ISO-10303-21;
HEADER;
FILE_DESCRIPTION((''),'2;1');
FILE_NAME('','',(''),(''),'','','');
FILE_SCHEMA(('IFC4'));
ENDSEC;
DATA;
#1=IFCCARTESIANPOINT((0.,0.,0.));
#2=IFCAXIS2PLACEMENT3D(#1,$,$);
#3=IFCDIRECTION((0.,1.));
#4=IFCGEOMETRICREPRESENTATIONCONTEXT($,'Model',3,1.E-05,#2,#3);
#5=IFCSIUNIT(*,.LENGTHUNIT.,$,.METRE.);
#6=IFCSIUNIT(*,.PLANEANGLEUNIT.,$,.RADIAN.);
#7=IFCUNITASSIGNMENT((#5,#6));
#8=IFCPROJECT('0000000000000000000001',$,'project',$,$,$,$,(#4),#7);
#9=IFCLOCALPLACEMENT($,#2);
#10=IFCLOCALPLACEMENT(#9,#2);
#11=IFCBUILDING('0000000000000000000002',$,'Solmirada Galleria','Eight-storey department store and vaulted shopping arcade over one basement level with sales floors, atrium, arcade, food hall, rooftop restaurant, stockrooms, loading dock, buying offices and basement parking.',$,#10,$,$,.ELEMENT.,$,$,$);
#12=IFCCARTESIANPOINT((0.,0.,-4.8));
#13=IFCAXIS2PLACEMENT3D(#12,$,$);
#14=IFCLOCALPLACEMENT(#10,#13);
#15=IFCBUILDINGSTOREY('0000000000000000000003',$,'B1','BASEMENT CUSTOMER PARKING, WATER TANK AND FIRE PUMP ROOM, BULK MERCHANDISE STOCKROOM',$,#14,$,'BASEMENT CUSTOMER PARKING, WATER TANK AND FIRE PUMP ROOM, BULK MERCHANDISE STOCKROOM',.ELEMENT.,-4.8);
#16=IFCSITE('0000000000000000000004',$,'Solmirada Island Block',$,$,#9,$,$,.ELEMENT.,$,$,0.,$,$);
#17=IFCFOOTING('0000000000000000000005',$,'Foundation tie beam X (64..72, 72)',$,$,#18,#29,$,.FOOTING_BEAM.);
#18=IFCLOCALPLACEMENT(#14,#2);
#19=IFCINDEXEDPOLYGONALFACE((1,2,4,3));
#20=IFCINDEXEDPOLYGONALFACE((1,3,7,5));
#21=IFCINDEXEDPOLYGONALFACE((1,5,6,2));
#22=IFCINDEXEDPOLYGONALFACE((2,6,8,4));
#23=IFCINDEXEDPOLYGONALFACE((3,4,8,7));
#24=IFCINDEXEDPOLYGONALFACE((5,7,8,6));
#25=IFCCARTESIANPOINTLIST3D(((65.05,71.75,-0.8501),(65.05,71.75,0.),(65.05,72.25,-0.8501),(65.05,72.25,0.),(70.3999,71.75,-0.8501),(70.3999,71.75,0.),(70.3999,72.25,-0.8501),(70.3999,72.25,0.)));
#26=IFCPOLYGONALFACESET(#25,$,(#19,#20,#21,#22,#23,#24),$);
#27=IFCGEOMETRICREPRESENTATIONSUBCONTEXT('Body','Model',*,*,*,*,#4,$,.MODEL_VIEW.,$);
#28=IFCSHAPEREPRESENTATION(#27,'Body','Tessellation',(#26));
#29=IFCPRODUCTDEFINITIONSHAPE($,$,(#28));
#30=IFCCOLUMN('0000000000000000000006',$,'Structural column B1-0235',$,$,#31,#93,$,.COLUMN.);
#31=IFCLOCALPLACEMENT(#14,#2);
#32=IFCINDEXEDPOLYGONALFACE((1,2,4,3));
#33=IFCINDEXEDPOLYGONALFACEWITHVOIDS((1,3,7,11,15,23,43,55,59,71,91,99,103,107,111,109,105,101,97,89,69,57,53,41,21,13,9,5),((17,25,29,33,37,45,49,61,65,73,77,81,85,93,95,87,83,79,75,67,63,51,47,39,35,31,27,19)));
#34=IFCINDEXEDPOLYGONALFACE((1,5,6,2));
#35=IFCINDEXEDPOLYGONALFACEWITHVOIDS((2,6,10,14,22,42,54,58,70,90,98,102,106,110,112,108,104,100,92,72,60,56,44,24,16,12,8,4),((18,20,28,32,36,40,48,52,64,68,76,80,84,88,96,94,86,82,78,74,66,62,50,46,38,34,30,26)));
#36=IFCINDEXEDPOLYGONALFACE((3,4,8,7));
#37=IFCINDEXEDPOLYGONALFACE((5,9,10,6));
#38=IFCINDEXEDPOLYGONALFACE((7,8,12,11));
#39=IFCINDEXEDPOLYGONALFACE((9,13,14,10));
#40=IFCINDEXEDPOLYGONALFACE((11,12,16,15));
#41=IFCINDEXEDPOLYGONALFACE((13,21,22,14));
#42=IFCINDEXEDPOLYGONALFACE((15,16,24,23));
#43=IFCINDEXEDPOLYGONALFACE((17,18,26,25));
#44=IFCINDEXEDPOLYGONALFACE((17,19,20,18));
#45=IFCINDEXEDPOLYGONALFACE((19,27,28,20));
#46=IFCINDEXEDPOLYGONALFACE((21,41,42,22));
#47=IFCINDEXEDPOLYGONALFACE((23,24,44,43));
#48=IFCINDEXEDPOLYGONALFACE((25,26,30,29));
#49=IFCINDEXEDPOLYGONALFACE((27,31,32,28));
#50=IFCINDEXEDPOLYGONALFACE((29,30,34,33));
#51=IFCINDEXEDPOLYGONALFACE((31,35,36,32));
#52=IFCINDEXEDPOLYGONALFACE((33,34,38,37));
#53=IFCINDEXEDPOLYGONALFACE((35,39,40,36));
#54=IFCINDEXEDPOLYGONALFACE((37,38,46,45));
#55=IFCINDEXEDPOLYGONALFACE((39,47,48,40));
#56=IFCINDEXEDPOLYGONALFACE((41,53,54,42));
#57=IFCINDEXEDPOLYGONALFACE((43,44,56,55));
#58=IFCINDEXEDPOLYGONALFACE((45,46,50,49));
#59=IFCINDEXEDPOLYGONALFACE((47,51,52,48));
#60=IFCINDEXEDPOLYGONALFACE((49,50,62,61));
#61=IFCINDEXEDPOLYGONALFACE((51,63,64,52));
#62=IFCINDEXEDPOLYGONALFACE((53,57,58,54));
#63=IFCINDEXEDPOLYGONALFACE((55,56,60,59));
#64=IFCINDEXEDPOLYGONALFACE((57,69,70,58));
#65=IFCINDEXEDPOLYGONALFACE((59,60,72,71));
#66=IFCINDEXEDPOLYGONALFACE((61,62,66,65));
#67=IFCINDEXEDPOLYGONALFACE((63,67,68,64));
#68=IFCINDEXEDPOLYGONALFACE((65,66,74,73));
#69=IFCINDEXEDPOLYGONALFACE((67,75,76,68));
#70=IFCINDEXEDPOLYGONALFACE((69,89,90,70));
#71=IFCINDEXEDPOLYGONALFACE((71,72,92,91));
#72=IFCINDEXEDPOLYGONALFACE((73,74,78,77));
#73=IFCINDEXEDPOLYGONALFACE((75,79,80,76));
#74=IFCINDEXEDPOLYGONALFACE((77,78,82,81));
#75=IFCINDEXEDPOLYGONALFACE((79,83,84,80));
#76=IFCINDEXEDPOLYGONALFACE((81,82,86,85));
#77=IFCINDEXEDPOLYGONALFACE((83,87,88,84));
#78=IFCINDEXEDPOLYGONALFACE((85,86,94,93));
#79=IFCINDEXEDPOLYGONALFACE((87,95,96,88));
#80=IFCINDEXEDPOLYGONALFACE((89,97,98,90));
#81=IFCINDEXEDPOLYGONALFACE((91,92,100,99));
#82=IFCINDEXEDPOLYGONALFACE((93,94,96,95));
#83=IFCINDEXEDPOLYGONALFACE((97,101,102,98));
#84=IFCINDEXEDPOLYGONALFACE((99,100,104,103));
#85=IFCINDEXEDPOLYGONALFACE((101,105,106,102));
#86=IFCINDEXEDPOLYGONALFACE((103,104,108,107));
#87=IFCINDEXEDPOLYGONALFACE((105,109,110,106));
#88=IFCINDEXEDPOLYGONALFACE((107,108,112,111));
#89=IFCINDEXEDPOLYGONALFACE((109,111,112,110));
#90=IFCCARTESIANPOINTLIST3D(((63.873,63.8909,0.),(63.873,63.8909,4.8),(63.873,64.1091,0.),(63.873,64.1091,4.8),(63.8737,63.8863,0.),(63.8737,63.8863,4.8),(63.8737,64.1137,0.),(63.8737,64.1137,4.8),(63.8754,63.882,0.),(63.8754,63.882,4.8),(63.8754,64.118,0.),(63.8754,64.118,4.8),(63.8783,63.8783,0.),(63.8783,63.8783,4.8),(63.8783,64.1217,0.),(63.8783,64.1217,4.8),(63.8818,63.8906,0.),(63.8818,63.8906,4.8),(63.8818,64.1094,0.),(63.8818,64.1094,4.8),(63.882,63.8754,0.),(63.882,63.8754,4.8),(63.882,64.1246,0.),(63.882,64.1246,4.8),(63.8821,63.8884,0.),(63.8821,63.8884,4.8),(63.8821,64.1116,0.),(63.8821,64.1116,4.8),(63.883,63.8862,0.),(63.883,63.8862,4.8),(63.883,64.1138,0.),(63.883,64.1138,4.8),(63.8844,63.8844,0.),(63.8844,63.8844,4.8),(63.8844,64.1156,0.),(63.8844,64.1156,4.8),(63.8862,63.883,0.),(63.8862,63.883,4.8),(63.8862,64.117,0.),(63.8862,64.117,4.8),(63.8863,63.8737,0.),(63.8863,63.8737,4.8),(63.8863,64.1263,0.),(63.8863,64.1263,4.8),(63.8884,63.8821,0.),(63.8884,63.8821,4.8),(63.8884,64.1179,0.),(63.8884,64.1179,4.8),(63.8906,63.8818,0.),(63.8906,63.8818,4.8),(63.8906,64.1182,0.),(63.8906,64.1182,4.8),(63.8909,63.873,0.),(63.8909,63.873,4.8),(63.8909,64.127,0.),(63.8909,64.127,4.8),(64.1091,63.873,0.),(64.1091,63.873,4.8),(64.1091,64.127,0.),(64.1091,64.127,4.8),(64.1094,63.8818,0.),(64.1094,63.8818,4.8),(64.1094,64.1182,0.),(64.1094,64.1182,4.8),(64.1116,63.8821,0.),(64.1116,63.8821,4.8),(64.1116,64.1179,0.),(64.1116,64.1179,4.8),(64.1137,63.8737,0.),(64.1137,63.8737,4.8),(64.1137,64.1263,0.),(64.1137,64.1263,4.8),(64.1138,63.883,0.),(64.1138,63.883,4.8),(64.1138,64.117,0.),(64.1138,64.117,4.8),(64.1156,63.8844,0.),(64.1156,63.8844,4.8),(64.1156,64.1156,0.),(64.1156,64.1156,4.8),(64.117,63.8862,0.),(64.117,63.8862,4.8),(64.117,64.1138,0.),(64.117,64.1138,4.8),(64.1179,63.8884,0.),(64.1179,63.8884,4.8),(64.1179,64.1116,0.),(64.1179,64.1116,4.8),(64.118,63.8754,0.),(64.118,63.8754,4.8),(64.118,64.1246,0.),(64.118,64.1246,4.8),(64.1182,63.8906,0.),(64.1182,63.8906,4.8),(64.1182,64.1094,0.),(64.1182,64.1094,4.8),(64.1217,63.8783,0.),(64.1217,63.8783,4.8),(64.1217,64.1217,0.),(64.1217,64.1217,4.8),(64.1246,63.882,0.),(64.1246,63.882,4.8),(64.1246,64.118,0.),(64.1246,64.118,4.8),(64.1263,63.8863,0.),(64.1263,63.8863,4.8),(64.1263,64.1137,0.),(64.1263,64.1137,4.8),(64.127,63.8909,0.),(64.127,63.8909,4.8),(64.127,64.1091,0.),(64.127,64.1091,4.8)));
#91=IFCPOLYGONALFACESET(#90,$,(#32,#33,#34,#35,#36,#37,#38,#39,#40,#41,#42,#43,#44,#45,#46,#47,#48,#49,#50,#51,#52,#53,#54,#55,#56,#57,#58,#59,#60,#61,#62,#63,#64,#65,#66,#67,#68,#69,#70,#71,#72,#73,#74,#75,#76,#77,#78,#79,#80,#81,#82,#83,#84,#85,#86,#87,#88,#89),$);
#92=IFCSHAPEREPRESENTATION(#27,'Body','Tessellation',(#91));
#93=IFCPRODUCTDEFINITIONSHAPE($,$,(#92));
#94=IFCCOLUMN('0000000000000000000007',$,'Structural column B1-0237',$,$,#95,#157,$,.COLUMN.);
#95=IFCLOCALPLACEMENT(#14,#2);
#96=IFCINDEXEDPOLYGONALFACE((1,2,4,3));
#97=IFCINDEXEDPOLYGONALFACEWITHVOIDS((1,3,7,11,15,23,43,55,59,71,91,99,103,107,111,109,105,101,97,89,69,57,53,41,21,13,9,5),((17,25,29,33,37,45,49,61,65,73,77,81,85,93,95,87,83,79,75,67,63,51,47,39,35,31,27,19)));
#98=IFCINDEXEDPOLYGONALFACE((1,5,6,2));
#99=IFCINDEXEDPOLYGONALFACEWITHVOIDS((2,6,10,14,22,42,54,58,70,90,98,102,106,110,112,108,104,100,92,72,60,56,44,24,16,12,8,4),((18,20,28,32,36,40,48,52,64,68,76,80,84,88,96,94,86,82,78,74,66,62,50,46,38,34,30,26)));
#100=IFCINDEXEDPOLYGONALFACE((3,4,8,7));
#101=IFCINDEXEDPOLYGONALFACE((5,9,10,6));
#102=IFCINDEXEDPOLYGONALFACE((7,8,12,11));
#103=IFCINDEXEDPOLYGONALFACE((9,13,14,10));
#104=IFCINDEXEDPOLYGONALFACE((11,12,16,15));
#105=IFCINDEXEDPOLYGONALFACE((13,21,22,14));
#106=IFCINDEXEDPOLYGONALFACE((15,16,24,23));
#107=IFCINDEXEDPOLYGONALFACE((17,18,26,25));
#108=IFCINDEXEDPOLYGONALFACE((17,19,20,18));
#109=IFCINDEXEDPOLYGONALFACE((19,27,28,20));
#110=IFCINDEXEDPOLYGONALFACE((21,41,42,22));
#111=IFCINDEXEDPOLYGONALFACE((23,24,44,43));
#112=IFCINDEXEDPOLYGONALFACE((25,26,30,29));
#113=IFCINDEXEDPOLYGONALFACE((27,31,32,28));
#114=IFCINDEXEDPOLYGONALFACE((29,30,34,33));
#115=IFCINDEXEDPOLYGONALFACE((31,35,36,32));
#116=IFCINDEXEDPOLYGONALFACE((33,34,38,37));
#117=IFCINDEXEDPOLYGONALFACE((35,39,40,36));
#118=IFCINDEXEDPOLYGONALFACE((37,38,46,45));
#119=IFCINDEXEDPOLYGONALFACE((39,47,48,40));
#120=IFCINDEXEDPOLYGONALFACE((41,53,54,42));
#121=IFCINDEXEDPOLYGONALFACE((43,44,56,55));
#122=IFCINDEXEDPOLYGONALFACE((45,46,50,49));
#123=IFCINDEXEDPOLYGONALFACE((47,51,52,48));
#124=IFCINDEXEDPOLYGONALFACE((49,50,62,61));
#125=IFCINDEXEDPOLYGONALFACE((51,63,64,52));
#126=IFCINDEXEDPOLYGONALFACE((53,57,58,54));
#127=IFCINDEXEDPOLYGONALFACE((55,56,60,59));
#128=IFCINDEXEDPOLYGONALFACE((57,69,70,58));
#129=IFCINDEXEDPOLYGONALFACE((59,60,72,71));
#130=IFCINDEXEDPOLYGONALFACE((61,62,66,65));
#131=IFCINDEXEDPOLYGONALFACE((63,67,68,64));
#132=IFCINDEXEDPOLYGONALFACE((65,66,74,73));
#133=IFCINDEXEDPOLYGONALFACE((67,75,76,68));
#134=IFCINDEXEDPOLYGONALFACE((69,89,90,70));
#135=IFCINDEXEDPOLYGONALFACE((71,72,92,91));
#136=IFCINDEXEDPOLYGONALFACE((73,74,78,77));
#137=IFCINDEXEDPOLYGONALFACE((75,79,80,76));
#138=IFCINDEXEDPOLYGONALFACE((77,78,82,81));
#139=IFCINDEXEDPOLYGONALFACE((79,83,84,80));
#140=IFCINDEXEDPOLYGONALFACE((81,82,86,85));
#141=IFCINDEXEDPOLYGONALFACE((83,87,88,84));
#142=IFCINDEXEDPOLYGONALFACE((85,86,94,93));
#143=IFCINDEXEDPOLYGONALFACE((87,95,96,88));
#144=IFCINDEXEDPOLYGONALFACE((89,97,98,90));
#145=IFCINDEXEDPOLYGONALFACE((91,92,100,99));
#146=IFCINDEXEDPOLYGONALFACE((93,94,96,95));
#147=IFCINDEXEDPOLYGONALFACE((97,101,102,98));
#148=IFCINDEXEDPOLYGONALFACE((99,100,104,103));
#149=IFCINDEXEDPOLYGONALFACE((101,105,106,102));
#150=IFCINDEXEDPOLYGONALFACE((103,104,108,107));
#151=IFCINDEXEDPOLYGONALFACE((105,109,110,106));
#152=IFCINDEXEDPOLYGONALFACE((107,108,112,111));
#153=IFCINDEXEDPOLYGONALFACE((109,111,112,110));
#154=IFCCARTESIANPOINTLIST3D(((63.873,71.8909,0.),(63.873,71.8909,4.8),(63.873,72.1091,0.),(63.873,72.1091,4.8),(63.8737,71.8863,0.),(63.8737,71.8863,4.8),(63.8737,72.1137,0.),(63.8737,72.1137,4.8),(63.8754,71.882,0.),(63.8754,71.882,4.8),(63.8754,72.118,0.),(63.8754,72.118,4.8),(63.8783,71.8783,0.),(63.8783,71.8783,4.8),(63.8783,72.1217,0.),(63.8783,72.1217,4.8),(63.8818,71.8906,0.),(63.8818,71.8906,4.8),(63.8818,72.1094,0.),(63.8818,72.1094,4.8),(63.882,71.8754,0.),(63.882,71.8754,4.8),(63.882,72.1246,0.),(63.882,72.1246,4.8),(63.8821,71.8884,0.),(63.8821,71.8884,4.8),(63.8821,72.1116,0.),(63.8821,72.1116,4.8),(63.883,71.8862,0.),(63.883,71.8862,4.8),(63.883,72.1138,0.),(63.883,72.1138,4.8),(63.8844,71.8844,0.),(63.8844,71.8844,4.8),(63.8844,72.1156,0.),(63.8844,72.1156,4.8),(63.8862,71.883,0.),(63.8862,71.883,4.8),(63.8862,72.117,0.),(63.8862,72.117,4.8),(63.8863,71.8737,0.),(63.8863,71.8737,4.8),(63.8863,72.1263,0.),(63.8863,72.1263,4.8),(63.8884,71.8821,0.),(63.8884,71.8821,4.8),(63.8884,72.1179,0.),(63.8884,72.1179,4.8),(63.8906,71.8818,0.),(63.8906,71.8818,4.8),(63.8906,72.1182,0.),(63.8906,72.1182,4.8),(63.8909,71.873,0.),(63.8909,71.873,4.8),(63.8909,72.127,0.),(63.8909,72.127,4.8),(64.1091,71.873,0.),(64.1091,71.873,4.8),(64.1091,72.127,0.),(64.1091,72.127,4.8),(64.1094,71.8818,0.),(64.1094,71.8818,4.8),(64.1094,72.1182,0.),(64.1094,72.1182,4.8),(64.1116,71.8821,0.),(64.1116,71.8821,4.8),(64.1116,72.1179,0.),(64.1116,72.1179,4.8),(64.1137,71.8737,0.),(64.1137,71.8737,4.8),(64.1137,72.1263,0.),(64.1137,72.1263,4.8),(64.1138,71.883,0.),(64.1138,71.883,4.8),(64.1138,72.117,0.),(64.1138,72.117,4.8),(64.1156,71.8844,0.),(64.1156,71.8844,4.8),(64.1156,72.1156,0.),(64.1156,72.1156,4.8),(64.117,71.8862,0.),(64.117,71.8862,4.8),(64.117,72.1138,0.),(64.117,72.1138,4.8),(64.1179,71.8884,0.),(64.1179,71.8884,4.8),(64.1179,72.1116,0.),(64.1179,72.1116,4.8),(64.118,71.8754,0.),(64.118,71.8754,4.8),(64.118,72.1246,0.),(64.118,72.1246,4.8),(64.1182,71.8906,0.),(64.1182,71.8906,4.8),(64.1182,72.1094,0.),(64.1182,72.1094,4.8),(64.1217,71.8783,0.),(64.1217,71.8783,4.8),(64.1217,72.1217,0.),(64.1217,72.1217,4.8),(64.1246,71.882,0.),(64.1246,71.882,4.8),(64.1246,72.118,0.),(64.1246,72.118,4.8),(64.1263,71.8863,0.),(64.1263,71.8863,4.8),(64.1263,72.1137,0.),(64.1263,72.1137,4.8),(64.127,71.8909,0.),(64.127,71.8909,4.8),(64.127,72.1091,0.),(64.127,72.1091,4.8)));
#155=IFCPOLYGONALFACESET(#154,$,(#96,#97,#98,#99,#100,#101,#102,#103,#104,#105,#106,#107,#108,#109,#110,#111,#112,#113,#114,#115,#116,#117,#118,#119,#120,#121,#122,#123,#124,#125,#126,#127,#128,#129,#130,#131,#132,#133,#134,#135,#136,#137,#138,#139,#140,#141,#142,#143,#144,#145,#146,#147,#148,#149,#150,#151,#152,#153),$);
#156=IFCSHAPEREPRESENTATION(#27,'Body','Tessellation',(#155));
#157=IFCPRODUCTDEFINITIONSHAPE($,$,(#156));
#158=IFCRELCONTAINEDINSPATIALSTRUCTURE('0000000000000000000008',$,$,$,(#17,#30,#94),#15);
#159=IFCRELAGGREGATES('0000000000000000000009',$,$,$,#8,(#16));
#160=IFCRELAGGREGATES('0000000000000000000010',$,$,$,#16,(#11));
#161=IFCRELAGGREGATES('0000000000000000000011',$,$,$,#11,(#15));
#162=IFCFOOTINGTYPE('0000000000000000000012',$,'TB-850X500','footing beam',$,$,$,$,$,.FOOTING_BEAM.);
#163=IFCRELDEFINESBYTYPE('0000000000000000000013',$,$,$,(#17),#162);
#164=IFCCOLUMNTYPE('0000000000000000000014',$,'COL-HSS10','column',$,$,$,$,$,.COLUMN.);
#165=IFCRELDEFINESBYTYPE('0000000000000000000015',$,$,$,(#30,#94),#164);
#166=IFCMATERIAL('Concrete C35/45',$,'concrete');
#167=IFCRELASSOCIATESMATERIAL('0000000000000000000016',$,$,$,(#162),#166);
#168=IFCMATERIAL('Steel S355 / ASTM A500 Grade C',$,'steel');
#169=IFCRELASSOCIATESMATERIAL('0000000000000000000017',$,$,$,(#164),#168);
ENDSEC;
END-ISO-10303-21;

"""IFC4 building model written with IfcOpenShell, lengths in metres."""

from ifc_helpers import new_model, si_unit, direction, frame, origin, origin_2d, place, context, subcontext, project, spatial, rectangle, hollow_rectangle, extrude, material, material_profile, profile_set, type_object, element, save


model = new_model("IFC4")

# Units and contexts
model_context = context("Model", 3, precision=1e-05, world=origin(), true_north=direction((0.0, 1.0)))
body_context = subcontext(model_context, "Body", "Model", "MODEL_VIEW")
ifc_project = project(units=[si_unit("LENGTHUNIT", "METRE"), si_unit("PLANEANGLEUNIT", "RADIAN")], contexts=[model_context])

# Site, building, storey
site_placement = place(None, origin())
site = spatial("IfcSite", under=ifc_project, at=site_placement, Name="Solmirada Island Block", CompositionType="ELEMENT", RefElevation=0.0)
building_placement = place(site_placement, origin())
building = spatial("IfcBuilding", under=site, at=building_placement, Name="Solmirada Galleria", Description="Eight-storey department store and vaulted shopping arcade over one basement level with sales floors, atrium, arcade, food hall, rooftop restaurant, stockrooms, loading dock, buying offices and basement parking.", CompositionType="ELEMENT")
storey_placement = place(building_placement, frame((0.0, 0.0, -4.8)))
storey = spatial("IfcBuildingStorey", under=building, at=storey_placement, Name="B1", Description="BASEMENT CUSTOMER PARKING, WATER TANK AND FIRE PUMP ROOM, BULK MERCHANDISE STOCKROOM", LongName="BASEMENT CUSTOMER PARKING, WATER TANK AND FIRE PUMP ROOM, BULK MERCHANDISE STOCKROOM", CompositionType="ELEMENT", Elevation=-4.8)

# Shared definitions
ifc_material_1 = material(Name="Concrete C35/45", Category="concrete")

# Footing
ifc_material_profile_1 = material_profile(ifc_material_1, rectangle(XDim=0.5, YDim=0.8501, at=origin_2d()), Name="RC850X500")
ifc_profile_set_1 = profile_set([ifc_material_profile_1], Name="Concrete C35/45")
footing_type_1 = type_object("IfcFootingType", Name="TB-850X500", Description="footing beam", PredefinedType="FOOTING_BEAM", material=ifc_profile_set_1)
footing_1_placement = place(storey_placement, frame((65.05, 72.0, -0.425), z_axis=(1.0, 0.0, 0.0), x_axis=(0.0, 1.0, 0.0)))
element("IfcFooting", 1, at=footing_1_placement, inside=storey, type_object=footing_type_1, Name="Foundation tie beam X (64..72, 72)", PredefinedType="FOOTING_BEAM", context=body_context, shape_type="SweptSolid", body=[
    extrude(rectangle(XDim=0.5, YDim=0.8501, at=origin_2d()), origin(), (0.0, 0.0, 1.0), 5.3499),
])

# Columns
ifc_material_2 = material(Name="Steel S355 / ASTM A500 Grade C", Category="steel")
ifc_material_profile_2 = material_profile(ifc_material_2, hollow_rectangle(XDim=0.2539, YDim=0.2539, WallThickness=0.0088, InnerFilletRadius=0.0088, OuterFilletRadius=0.0178, at=origin_2d()), Name="HSS10X10X3/8")
ifc_profile_set_2 = profile_set([ifc_material_profile_2], Name="Steel S355 / ASTM A500 Grade C")
column_type = type_object("IfcColumnType", Name="COL-HSS10", Description="column", PredefinedType="COLUMN", material=ifc_profile_set_2)
for number, where, z_axis, x_axis, name in (
    (2, (64.0, 64.0, 0.0), (0.0, 0.0, 1.0), (1.0, 0.0, 0.0), "Structural column B1-0235"),
    (3, (64.0, 72.0, 0.0), (0.0, 0.0, 1.0), (1.0, 0.0, 0.0), "Structural column B1-0237"),
):
    element("IfcColumn", number, at=place(storey_placement, frame(where, z_axis=z_axis, x_axis=x_axis)), inside=storey, type_object=column_type, Name=name, PredefinedType="COLUMN", context=body_context, shape_type="SweptSolid", body=[
        extrude(hollow_rectangle(XDim=0.2539, YDim=0.2539, WallThickness=0.0088, InnerFilletRadius=0.0088, OuterFilletRadius=0.0178, at=origin_2d()), origin(), (0.0, 0.0, 1.0), 4.8),
    ])

save(model, "model.ifc")
